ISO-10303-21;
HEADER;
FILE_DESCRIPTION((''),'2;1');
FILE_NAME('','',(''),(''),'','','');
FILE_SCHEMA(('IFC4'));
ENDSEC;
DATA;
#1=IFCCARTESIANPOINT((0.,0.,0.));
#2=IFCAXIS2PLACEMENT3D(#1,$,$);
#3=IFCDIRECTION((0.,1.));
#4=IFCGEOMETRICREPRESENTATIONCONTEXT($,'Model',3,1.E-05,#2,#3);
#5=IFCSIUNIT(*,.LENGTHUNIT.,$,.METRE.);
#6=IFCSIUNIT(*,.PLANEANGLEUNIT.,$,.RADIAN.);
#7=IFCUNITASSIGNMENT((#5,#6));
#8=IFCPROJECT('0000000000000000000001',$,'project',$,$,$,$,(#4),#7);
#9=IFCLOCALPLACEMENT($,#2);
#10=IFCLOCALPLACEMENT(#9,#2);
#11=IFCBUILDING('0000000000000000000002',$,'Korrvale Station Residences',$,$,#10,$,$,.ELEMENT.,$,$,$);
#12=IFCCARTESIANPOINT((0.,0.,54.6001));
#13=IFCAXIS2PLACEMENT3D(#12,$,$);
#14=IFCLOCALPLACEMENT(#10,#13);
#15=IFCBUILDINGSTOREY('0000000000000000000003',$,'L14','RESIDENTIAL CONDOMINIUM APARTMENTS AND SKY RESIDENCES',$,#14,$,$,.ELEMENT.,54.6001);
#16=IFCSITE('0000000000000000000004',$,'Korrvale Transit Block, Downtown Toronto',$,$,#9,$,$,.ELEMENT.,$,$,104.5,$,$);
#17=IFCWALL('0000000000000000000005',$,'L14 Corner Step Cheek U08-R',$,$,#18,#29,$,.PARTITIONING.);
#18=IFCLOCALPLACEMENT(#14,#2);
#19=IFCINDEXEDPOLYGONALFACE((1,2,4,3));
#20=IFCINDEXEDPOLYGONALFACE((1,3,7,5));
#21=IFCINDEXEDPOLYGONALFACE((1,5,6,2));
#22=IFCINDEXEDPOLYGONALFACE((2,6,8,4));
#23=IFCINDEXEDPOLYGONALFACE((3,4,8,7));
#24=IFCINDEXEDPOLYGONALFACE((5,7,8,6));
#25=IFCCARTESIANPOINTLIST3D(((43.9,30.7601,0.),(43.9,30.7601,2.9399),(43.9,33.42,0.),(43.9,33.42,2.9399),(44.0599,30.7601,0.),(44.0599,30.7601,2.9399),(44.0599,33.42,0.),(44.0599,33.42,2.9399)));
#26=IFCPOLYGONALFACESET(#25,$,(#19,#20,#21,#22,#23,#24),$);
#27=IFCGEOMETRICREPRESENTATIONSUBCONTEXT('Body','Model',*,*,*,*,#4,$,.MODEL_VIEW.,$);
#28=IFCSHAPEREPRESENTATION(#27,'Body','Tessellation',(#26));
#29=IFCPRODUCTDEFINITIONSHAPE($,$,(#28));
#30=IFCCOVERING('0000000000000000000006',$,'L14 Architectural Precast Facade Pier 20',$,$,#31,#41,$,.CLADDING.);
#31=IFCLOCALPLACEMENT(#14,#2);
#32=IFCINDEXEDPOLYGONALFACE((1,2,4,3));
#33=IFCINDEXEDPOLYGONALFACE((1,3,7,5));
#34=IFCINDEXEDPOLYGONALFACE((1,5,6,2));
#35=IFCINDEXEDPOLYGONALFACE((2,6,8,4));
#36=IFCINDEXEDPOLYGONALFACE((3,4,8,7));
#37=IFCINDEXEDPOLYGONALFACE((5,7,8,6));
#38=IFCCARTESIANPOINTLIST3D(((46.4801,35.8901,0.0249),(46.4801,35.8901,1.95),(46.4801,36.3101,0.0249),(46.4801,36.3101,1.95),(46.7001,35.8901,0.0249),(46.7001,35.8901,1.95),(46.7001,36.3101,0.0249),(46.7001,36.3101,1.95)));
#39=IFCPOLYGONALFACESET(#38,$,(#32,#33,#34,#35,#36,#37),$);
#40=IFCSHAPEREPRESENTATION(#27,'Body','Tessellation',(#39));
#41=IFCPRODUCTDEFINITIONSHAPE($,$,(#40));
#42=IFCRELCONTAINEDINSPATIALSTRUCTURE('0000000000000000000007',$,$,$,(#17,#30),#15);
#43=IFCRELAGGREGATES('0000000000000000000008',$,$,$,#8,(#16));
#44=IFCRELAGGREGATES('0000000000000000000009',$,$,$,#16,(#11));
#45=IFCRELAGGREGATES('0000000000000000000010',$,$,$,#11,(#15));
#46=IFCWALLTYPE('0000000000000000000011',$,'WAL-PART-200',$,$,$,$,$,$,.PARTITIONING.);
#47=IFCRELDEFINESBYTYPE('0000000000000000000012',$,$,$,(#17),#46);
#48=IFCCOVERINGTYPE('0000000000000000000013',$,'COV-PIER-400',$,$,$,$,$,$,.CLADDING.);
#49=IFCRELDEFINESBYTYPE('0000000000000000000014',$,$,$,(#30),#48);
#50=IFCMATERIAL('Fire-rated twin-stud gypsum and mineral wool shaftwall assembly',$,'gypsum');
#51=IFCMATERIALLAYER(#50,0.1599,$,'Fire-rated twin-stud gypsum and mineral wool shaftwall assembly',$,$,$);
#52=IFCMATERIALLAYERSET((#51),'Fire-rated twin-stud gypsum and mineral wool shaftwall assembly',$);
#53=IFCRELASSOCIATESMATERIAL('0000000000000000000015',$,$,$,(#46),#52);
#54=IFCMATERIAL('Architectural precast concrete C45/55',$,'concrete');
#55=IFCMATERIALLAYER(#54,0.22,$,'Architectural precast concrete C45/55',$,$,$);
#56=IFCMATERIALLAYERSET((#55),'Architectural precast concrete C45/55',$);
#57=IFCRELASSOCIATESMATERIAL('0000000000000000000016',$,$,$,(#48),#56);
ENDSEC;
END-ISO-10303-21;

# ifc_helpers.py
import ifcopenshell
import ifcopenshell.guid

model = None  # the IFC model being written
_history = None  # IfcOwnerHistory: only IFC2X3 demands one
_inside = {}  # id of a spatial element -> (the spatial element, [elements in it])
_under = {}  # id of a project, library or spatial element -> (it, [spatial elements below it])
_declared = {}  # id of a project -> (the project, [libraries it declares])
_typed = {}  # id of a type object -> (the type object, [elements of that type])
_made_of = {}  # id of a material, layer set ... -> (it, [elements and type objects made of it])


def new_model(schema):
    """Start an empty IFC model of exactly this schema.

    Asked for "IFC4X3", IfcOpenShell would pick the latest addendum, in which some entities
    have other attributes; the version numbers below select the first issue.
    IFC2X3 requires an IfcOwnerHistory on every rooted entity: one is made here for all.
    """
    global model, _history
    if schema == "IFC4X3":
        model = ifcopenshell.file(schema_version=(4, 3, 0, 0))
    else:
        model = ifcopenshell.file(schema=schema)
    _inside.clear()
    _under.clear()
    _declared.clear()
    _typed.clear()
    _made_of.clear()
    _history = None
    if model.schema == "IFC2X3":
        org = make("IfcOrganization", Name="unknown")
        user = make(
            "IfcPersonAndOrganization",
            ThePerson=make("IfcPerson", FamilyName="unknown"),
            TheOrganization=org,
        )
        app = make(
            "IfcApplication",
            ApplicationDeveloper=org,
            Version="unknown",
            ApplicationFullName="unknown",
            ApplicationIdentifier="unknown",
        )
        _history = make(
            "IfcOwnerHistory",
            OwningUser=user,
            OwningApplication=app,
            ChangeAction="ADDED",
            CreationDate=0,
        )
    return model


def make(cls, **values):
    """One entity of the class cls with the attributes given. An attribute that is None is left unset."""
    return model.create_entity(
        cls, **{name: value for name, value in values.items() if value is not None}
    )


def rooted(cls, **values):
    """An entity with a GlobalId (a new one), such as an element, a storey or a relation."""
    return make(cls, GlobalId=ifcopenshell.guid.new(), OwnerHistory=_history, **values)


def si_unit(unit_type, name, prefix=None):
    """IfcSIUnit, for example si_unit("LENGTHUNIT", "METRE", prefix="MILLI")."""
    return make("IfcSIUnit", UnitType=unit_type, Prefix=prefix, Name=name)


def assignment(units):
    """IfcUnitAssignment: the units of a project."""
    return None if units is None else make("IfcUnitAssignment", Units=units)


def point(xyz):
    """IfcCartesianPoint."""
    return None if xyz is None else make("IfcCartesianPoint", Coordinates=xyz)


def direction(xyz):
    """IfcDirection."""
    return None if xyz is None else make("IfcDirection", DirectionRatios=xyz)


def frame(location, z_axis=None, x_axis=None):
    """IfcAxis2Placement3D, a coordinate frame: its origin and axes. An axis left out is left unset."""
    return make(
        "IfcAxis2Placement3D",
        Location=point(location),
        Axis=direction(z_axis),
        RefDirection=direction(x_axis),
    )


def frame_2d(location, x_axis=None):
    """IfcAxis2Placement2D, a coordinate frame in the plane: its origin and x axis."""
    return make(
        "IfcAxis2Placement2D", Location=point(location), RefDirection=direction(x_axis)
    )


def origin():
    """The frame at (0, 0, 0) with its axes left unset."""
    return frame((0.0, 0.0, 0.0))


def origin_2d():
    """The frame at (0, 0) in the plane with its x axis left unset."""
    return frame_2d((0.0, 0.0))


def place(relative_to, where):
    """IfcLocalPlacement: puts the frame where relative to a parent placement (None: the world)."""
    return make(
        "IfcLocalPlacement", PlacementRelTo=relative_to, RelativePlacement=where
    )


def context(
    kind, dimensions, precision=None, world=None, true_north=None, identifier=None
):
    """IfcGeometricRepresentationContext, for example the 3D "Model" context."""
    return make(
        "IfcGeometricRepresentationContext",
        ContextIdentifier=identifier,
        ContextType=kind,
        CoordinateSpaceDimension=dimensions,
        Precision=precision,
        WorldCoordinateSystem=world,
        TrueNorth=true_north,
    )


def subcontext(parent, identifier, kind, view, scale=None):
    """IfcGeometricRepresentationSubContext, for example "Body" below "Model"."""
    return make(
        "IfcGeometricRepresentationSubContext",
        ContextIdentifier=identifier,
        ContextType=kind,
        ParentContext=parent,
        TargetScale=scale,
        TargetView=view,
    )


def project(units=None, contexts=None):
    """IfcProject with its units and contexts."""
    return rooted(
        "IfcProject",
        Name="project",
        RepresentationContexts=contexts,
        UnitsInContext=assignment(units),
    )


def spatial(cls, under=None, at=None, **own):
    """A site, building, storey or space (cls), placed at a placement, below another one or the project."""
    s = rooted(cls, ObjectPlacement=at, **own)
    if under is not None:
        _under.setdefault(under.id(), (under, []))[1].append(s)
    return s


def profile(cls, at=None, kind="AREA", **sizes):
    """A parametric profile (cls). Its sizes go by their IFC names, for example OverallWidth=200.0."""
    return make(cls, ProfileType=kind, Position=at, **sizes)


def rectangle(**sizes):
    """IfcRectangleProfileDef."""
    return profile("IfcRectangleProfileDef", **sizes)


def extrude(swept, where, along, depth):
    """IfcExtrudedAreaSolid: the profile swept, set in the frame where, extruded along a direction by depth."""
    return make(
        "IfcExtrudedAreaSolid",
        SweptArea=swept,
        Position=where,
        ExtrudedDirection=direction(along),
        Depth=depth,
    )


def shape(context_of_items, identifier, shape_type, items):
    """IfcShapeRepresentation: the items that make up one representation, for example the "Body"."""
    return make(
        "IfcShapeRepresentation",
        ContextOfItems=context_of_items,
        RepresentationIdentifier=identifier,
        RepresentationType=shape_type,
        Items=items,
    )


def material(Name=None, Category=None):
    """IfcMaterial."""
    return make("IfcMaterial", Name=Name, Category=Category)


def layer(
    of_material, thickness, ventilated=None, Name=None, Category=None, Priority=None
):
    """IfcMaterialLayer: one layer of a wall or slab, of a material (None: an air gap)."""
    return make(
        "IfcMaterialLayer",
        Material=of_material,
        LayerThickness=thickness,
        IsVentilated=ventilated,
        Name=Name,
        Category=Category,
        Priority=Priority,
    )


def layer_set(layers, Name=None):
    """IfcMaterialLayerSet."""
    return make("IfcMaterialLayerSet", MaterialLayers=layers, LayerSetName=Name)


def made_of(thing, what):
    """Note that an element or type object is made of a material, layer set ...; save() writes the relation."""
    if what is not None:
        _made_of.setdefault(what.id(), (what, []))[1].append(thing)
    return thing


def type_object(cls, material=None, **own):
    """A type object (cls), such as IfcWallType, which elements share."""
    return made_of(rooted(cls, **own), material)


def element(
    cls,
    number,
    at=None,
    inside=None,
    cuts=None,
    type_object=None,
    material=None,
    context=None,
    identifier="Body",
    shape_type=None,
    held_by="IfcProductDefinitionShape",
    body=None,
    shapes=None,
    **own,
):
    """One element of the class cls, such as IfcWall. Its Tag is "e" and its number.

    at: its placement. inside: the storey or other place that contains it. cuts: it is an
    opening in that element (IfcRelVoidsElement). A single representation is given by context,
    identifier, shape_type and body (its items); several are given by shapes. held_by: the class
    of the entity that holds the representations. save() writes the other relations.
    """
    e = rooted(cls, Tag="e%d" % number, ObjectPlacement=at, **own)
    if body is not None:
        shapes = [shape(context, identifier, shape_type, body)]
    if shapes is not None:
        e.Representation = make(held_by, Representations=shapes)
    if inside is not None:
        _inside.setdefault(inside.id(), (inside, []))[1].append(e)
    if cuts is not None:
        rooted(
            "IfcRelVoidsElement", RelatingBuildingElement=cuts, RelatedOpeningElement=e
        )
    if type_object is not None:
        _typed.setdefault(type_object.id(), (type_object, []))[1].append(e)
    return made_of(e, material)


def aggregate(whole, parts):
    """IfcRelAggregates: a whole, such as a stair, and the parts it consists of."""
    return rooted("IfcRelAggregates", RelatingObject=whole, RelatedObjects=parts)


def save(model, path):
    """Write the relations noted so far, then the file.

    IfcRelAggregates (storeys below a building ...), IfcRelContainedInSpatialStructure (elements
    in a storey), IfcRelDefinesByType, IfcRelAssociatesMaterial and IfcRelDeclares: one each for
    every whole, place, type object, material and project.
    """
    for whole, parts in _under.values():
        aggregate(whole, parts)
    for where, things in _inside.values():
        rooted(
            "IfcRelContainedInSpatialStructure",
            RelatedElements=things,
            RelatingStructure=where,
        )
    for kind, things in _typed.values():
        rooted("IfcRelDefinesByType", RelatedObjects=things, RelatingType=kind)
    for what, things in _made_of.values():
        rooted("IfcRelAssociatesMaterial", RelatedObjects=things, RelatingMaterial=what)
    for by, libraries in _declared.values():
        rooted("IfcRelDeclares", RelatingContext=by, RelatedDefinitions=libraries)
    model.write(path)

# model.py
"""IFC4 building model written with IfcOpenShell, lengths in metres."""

from ifc_helpers import new_model, si_unit, direction, frame, frame_2d, origin, origin_2d, place, context, subcontext, project, spatial, rectangle, extrude, material, layer, layer_set, type_object, element, save


model = new_model("IFC4")

# Units and contexts
model_context = context("Model", 3, precision=1e-05, world=origin(), true_north=direction((0.0, 1.0)))
body_context = subcontext(model_context, "Body", "Model", "MODEL_VIEW")
ifc_project = project(units=[si_unit("LENGTHUNIT", "METRE"), si_unit("PLANEANGLEUNIT", "RADIAN")], contexts=[model_context])

# Site, building, storey
site_placement = place(None, origin())
site = spatial("IfcSite", under=ifc_project, at=site_placement, Name="Korrvale Transit Block, Downtown Toronto", CompositionType="ELEMENT", RefElevation=104.5)
building_placement = place(site_placement, origin())
building = spatial("IfcBuilding", under=site, at=building_placement, Name="Korrvale Station Residences", CompositionType="ELEMENT")
storey_placement = place(building_placement, frame((0.0, 0.0, 54.6001)))
storey = spatial("IfcBuildingStorey", under=building, at=storey_placement, Name="L14", Description="RESIDENTIAL CONDOMINIUM APARTMENTS AND SKY RESIDENCES", CompositionType="ELEMENT", Elevation=54.6001)

# Wall
ifc_material_1 = material(Name="Fire-rated twin-stud gypsum and mineral wool shaftwall assembly", Category="gypsum")
ifc_layer_1 = layer(ifc_material_1, 0.1599, Name="Fire-rated twin-stud gypsum and mineral wool shaftwall assembly")
ifc_layer_set_1 = layer_set([ifc_layer_1], Name="Fire-rated twin-stud gypsum and mineral wool shaftwall assembly")
wall_type_1 = type_object("IfcWallType", Name="WAL-PART-200", PredefinedType="PARTITIONING", material=ifc_layer_set_1)
wall_1_placement = place(storey_placement, frame((43.98, 30.76, 0.0), z_axis=(0.0, 0.0, 1.0), x_axis=(0.0, 1.0, 0.0)))
element("IfcWall", 1, at=wall_1_placement, inside=storey, type_object=wall_type_1, Name="L14 Corner Step Cheek U08-R", PredefinedType="PARTITIONING", context=body_context, shape_type="SweptSolid", body=[
    extrude(rectangle(XDim=2.6599, YDim=0.1599, at=frame_2d((1.3301, 0.0))), origin(), (0.0, 0.0, 1.0), 2.9399),
])

# Covering
ifc_material_2 = material(Name="Architectural precast concrete C45/55", Category="concrete")
ifc_layer_2 = layer(ifc_material_2, 0.22, Name="Architectural precast concrete C45/55")
ifc_layer_set_2 = layer_set([ifc_layer_2], Name="Architectural precast concrete C45/55")
covering_type = type_object("IfcCoveringType", Name="COV-PIER-400", PredefinedType="CLADDING", material=ifc_layer_set_2)
covering_placement = place(storey_placement, frame((46.5901, 36.1001, 0.0249), z_axis=(0.0, 0.0, 1.0), x_axis=(0.0, 1.0, 0.0)))
element("IfcCovering", 2, at=covering_placement, inside=storey, type_object=covering_type, Name="L14 Architectural Precast Facade Pier 20", PredefinedType="CLADDING", context=body_context, shape_type="SweptSolid", body=[
    extrude(rectangle(XDim=0.4199, YDim=0.22, at=origin_2d()), origin(), (0.0, 0.0, 1.0), 1.925),
])

save(model, "model.ifc")
